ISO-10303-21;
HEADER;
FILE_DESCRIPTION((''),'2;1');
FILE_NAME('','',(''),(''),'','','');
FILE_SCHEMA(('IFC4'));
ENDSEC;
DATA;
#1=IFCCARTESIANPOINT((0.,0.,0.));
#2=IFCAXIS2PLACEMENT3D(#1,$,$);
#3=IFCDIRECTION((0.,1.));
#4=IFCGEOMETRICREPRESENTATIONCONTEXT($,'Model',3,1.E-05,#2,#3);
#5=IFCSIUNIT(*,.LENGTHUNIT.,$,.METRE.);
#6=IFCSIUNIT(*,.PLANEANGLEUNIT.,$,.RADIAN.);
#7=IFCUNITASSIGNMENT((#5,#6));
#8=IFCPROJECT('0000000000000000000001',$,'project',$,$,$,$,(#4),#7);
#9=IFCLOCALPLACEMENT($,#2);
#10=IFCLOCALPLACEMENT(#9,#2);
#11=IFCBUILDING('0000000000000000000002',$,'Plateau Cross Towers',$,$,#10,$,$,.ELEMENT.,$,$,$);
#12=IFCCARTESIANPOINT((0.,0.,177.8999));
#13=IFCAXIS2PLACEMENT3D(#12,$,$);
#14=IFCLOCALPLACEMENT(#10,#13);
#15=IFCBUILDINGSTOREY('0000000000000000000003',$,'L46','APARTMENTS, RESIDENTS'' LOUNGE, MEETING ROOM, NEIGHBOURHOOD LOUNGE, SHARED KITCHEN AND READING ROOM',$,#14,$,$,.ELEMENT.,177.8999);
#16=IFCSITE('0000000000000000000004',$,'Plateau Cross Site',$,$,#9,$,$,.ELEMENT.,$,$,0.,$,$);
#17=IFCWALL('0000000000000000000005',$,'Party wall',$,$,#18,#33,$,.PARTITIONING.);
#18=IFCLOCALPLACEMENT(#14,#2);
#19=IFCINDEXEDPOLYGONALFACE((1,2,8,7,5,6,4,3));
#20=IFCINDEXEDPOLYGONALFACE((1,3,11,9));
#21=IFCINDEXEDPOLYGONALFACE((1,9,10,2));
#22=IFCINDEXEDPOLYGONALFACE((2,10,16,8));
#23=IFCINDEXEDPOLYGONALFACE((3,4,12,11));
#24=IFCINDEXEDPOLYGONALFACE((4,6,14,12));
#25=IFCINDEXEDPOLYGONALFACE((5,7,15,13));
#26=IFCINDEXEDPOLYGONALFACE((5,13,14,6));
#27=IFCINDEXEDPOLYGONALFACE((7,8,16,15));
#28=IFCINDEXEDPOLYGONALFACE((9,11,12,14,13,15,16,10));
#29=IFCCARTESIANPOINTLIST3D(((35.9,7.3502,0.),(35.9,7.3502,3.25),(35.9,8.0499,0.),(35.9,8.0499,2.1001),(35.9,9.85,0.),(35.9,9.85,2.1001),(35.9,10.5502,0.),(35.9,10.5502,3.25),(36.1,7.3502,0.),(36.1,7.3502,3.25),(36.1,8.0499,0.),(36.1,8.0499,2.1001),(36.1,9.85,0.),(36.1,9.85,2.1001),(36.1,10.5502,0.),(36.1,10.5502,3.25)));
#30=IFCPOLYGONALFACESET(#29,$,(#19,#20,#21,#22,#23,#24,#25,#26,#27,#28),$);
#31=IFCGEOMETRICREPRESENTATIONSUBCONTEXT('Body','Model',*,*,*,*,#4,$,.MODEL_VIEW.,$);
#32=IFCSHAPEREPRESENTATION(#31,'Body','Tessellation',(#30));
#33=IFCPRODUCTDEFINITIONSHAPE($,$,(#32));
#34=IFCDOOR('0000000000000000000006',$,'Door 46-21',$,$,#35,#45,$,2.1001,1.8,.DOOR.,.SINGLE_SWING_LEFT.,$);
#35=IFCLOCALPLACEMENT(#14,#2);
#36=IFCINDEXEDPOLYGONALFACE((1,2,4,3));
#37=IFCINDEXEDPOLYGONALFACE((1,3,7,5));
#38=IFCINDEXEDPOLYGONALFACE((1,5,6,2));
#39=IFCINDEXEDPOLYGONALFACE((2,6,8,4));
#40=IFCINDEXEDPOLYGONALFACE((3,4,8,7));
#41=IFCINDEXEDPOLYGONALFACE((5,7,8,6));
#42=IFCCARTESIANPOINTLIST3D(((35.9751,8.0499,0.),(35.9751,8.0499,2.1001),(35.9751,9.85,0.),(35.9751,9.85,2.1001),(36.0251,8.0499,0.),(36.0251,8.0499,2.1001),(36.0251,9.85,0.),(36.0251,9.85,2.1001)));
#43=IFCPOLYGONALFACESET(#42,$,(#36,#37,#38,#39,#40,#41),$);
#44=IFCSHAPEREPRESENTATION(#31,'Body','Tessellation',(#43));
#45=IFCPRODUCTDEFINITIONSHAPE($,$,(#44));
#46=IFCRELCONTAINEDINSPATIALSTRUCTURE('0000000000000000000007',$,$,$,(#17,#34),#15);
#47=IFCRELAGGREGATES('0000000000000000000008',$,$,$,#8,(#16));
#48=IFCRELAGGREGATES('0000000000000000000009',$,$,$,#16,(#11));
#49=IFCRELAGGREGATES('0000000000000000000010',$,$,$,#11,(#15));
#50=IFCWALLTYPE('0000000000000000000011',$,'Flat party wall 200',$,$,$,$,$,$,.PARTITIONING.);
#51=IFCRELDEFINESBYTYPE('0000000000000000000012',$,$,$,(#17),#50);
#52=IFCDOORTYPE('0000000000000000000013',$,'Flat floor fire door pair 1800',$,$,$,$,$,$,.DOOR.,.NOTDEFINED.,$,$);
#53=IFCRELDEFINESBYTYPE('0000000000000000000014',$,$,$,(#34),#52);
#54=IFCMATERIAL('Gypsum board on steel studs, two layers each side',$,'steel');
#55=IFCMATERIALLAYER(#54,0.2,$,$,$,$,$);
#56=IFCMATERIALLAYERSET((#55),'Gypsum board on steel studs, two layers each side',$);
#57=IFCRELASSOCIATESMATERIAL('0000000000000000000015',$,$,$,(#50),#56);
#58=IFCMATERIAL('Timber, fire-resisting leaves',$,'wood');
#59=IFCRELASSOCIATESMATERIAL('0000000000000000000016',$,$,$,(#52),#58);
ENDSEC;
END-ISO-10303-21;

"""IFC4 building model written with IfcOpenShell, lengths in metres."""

from ifc_helpers import new_model, si_unit, direction, frame, frame_2d, origin, place, context, subcontext, project, spatial, rectangle, extrude, material, layer, layer_set, type_object, element, fill, save


model = new_model("IFC4")

# Units and contexts
model_context = context("Model", 3, precision=1e-05, world=origin(), true_north=direction((0.0, 1.0)))
body_context = subcontext(model_context, "Body", "Model", "MODEL_VIEW")
ifc_project = project(units=[si_unit("LENGTHUNIT", "METRE"), si_unit("PLANEANGLEUNIT", "RADIAN")], contexts=[model_context])

# Site, building, storey
site_placement = place(None, origin())
site = spatial("IfcSite", under=ifc_project, at=site_placement, Name="Plateau Cross Site", CompositionType="ELEMENT", RefElevation=0.0)
building_placement = place(site_placement, origin())
building = spatial("IfcBuilding", under=site, at=building_placement, Name="Plateau Cross Towers", CompositionType="ELEMENT")
storey_placement = place(building_placement, frame((0.0, 0.0, 177.8999)))
storey = spatial("IfcBuildingStorey", under=building, at=storey_placement, Name="L46", Description="APARTMENTS, RESIDENTS' LOUNGE, MEETING ROOM, NEIGHBOURHOOD LOUNGE, SHARED KITCHEN AND READING ROOM", CompositionType="ELEMENT", Elevation=177.8999)

# Shared definitions
ifc_material_1 = material(Name="Gypsum board on steel studs, two layers each side", Category="steel")
ifc_layer_1 = layer(ifc_material_1, 0.2)
ifc_layer_set_1 = layer_set([ifc_layer_1], Name="Gypsum board on steel studs, two layers each side")
wall_type_1 = type_object("IfcWallType", Name="Flat party wall 200", PredefinedType="PARTITIONING", material=ifc_layer_set_1)

# Wall, opening, door
wall_1_placement = place(storey_placement, frame((36.0, 7.3501, 0.0), z_axis=(0.0, 0.0, 1.0), x_axis=(0.0, 1.0, 0.0)))
wall_1 = element("IfcWall", 1, at=wall_1_placement, inside=storey, type_object=wall_type_1, Name="Party wall", PredefinedType="PARTITIONING", context=body_context, shape_type="SweptSolid", body=[
    extrude(rectangle(XDim=3.2, YDim=0.2, at=frame_2d((1.6001, 0.0))), origin(), (0.0, 0.0, 1.0), 3.25),
])
opening_1_placement = place(wall_1_placement, frame((0.7, 0.0, 0.0)))
opening_1 = element("IfcOpeningElement", 2, at=opening_1_placement, cuts=wall_1, PredefinedType="OPENING", context=body_context, shape_type="SweptSolid", body=[
    extrude(rectangle(XDim=1.8, YDim=2.1001, at=frame_2d((0.8999, 1.05))), frame((0.0, 0.1099, 0.0), z_axis=(0.0, -1.0, 0.0), x_axis=(1.0, 0.0, 0.0)), (0.0, 0.0, 1.0), 0.22),
])
ifc_material_2 = material(Name="Timber, fire-resisting leaves", Category="wood")
door_type_1 = type_object("IfcDoorType", Name="Flat floor fire door pair 1800", OperationType="NOTDEFINED", PredefinedType="DOOR", material=ifc_material_2)
door_1_placement = place(opening_1_placement, origin())
door_1 = element("IfcDoor", 3, at=door_1_placement, inside=storey, type_object=door_type_1, Name="Door 46-21", OperationType="SINGLE_SWING_LEFT", OverallHeight=2.1001, OverallWidth=1.8, PredefinedType="DOOR", context=body_context, shape_type="SweptSolid", body=[
    extrude(rectangle(XDim=1.8, YDim=2.1001, at=frame_2d((0.8999, 1.05))), frame((0.0, 0.0249, 0.0), z_axis=(0.0, -1.0, 0.0), x_axis=(1.0, 0.0, 0.0)), (0.0, 0.0, 1.0), 0.05),
])
fill(opening_1, door_1)

save(model, "model.ifc")
